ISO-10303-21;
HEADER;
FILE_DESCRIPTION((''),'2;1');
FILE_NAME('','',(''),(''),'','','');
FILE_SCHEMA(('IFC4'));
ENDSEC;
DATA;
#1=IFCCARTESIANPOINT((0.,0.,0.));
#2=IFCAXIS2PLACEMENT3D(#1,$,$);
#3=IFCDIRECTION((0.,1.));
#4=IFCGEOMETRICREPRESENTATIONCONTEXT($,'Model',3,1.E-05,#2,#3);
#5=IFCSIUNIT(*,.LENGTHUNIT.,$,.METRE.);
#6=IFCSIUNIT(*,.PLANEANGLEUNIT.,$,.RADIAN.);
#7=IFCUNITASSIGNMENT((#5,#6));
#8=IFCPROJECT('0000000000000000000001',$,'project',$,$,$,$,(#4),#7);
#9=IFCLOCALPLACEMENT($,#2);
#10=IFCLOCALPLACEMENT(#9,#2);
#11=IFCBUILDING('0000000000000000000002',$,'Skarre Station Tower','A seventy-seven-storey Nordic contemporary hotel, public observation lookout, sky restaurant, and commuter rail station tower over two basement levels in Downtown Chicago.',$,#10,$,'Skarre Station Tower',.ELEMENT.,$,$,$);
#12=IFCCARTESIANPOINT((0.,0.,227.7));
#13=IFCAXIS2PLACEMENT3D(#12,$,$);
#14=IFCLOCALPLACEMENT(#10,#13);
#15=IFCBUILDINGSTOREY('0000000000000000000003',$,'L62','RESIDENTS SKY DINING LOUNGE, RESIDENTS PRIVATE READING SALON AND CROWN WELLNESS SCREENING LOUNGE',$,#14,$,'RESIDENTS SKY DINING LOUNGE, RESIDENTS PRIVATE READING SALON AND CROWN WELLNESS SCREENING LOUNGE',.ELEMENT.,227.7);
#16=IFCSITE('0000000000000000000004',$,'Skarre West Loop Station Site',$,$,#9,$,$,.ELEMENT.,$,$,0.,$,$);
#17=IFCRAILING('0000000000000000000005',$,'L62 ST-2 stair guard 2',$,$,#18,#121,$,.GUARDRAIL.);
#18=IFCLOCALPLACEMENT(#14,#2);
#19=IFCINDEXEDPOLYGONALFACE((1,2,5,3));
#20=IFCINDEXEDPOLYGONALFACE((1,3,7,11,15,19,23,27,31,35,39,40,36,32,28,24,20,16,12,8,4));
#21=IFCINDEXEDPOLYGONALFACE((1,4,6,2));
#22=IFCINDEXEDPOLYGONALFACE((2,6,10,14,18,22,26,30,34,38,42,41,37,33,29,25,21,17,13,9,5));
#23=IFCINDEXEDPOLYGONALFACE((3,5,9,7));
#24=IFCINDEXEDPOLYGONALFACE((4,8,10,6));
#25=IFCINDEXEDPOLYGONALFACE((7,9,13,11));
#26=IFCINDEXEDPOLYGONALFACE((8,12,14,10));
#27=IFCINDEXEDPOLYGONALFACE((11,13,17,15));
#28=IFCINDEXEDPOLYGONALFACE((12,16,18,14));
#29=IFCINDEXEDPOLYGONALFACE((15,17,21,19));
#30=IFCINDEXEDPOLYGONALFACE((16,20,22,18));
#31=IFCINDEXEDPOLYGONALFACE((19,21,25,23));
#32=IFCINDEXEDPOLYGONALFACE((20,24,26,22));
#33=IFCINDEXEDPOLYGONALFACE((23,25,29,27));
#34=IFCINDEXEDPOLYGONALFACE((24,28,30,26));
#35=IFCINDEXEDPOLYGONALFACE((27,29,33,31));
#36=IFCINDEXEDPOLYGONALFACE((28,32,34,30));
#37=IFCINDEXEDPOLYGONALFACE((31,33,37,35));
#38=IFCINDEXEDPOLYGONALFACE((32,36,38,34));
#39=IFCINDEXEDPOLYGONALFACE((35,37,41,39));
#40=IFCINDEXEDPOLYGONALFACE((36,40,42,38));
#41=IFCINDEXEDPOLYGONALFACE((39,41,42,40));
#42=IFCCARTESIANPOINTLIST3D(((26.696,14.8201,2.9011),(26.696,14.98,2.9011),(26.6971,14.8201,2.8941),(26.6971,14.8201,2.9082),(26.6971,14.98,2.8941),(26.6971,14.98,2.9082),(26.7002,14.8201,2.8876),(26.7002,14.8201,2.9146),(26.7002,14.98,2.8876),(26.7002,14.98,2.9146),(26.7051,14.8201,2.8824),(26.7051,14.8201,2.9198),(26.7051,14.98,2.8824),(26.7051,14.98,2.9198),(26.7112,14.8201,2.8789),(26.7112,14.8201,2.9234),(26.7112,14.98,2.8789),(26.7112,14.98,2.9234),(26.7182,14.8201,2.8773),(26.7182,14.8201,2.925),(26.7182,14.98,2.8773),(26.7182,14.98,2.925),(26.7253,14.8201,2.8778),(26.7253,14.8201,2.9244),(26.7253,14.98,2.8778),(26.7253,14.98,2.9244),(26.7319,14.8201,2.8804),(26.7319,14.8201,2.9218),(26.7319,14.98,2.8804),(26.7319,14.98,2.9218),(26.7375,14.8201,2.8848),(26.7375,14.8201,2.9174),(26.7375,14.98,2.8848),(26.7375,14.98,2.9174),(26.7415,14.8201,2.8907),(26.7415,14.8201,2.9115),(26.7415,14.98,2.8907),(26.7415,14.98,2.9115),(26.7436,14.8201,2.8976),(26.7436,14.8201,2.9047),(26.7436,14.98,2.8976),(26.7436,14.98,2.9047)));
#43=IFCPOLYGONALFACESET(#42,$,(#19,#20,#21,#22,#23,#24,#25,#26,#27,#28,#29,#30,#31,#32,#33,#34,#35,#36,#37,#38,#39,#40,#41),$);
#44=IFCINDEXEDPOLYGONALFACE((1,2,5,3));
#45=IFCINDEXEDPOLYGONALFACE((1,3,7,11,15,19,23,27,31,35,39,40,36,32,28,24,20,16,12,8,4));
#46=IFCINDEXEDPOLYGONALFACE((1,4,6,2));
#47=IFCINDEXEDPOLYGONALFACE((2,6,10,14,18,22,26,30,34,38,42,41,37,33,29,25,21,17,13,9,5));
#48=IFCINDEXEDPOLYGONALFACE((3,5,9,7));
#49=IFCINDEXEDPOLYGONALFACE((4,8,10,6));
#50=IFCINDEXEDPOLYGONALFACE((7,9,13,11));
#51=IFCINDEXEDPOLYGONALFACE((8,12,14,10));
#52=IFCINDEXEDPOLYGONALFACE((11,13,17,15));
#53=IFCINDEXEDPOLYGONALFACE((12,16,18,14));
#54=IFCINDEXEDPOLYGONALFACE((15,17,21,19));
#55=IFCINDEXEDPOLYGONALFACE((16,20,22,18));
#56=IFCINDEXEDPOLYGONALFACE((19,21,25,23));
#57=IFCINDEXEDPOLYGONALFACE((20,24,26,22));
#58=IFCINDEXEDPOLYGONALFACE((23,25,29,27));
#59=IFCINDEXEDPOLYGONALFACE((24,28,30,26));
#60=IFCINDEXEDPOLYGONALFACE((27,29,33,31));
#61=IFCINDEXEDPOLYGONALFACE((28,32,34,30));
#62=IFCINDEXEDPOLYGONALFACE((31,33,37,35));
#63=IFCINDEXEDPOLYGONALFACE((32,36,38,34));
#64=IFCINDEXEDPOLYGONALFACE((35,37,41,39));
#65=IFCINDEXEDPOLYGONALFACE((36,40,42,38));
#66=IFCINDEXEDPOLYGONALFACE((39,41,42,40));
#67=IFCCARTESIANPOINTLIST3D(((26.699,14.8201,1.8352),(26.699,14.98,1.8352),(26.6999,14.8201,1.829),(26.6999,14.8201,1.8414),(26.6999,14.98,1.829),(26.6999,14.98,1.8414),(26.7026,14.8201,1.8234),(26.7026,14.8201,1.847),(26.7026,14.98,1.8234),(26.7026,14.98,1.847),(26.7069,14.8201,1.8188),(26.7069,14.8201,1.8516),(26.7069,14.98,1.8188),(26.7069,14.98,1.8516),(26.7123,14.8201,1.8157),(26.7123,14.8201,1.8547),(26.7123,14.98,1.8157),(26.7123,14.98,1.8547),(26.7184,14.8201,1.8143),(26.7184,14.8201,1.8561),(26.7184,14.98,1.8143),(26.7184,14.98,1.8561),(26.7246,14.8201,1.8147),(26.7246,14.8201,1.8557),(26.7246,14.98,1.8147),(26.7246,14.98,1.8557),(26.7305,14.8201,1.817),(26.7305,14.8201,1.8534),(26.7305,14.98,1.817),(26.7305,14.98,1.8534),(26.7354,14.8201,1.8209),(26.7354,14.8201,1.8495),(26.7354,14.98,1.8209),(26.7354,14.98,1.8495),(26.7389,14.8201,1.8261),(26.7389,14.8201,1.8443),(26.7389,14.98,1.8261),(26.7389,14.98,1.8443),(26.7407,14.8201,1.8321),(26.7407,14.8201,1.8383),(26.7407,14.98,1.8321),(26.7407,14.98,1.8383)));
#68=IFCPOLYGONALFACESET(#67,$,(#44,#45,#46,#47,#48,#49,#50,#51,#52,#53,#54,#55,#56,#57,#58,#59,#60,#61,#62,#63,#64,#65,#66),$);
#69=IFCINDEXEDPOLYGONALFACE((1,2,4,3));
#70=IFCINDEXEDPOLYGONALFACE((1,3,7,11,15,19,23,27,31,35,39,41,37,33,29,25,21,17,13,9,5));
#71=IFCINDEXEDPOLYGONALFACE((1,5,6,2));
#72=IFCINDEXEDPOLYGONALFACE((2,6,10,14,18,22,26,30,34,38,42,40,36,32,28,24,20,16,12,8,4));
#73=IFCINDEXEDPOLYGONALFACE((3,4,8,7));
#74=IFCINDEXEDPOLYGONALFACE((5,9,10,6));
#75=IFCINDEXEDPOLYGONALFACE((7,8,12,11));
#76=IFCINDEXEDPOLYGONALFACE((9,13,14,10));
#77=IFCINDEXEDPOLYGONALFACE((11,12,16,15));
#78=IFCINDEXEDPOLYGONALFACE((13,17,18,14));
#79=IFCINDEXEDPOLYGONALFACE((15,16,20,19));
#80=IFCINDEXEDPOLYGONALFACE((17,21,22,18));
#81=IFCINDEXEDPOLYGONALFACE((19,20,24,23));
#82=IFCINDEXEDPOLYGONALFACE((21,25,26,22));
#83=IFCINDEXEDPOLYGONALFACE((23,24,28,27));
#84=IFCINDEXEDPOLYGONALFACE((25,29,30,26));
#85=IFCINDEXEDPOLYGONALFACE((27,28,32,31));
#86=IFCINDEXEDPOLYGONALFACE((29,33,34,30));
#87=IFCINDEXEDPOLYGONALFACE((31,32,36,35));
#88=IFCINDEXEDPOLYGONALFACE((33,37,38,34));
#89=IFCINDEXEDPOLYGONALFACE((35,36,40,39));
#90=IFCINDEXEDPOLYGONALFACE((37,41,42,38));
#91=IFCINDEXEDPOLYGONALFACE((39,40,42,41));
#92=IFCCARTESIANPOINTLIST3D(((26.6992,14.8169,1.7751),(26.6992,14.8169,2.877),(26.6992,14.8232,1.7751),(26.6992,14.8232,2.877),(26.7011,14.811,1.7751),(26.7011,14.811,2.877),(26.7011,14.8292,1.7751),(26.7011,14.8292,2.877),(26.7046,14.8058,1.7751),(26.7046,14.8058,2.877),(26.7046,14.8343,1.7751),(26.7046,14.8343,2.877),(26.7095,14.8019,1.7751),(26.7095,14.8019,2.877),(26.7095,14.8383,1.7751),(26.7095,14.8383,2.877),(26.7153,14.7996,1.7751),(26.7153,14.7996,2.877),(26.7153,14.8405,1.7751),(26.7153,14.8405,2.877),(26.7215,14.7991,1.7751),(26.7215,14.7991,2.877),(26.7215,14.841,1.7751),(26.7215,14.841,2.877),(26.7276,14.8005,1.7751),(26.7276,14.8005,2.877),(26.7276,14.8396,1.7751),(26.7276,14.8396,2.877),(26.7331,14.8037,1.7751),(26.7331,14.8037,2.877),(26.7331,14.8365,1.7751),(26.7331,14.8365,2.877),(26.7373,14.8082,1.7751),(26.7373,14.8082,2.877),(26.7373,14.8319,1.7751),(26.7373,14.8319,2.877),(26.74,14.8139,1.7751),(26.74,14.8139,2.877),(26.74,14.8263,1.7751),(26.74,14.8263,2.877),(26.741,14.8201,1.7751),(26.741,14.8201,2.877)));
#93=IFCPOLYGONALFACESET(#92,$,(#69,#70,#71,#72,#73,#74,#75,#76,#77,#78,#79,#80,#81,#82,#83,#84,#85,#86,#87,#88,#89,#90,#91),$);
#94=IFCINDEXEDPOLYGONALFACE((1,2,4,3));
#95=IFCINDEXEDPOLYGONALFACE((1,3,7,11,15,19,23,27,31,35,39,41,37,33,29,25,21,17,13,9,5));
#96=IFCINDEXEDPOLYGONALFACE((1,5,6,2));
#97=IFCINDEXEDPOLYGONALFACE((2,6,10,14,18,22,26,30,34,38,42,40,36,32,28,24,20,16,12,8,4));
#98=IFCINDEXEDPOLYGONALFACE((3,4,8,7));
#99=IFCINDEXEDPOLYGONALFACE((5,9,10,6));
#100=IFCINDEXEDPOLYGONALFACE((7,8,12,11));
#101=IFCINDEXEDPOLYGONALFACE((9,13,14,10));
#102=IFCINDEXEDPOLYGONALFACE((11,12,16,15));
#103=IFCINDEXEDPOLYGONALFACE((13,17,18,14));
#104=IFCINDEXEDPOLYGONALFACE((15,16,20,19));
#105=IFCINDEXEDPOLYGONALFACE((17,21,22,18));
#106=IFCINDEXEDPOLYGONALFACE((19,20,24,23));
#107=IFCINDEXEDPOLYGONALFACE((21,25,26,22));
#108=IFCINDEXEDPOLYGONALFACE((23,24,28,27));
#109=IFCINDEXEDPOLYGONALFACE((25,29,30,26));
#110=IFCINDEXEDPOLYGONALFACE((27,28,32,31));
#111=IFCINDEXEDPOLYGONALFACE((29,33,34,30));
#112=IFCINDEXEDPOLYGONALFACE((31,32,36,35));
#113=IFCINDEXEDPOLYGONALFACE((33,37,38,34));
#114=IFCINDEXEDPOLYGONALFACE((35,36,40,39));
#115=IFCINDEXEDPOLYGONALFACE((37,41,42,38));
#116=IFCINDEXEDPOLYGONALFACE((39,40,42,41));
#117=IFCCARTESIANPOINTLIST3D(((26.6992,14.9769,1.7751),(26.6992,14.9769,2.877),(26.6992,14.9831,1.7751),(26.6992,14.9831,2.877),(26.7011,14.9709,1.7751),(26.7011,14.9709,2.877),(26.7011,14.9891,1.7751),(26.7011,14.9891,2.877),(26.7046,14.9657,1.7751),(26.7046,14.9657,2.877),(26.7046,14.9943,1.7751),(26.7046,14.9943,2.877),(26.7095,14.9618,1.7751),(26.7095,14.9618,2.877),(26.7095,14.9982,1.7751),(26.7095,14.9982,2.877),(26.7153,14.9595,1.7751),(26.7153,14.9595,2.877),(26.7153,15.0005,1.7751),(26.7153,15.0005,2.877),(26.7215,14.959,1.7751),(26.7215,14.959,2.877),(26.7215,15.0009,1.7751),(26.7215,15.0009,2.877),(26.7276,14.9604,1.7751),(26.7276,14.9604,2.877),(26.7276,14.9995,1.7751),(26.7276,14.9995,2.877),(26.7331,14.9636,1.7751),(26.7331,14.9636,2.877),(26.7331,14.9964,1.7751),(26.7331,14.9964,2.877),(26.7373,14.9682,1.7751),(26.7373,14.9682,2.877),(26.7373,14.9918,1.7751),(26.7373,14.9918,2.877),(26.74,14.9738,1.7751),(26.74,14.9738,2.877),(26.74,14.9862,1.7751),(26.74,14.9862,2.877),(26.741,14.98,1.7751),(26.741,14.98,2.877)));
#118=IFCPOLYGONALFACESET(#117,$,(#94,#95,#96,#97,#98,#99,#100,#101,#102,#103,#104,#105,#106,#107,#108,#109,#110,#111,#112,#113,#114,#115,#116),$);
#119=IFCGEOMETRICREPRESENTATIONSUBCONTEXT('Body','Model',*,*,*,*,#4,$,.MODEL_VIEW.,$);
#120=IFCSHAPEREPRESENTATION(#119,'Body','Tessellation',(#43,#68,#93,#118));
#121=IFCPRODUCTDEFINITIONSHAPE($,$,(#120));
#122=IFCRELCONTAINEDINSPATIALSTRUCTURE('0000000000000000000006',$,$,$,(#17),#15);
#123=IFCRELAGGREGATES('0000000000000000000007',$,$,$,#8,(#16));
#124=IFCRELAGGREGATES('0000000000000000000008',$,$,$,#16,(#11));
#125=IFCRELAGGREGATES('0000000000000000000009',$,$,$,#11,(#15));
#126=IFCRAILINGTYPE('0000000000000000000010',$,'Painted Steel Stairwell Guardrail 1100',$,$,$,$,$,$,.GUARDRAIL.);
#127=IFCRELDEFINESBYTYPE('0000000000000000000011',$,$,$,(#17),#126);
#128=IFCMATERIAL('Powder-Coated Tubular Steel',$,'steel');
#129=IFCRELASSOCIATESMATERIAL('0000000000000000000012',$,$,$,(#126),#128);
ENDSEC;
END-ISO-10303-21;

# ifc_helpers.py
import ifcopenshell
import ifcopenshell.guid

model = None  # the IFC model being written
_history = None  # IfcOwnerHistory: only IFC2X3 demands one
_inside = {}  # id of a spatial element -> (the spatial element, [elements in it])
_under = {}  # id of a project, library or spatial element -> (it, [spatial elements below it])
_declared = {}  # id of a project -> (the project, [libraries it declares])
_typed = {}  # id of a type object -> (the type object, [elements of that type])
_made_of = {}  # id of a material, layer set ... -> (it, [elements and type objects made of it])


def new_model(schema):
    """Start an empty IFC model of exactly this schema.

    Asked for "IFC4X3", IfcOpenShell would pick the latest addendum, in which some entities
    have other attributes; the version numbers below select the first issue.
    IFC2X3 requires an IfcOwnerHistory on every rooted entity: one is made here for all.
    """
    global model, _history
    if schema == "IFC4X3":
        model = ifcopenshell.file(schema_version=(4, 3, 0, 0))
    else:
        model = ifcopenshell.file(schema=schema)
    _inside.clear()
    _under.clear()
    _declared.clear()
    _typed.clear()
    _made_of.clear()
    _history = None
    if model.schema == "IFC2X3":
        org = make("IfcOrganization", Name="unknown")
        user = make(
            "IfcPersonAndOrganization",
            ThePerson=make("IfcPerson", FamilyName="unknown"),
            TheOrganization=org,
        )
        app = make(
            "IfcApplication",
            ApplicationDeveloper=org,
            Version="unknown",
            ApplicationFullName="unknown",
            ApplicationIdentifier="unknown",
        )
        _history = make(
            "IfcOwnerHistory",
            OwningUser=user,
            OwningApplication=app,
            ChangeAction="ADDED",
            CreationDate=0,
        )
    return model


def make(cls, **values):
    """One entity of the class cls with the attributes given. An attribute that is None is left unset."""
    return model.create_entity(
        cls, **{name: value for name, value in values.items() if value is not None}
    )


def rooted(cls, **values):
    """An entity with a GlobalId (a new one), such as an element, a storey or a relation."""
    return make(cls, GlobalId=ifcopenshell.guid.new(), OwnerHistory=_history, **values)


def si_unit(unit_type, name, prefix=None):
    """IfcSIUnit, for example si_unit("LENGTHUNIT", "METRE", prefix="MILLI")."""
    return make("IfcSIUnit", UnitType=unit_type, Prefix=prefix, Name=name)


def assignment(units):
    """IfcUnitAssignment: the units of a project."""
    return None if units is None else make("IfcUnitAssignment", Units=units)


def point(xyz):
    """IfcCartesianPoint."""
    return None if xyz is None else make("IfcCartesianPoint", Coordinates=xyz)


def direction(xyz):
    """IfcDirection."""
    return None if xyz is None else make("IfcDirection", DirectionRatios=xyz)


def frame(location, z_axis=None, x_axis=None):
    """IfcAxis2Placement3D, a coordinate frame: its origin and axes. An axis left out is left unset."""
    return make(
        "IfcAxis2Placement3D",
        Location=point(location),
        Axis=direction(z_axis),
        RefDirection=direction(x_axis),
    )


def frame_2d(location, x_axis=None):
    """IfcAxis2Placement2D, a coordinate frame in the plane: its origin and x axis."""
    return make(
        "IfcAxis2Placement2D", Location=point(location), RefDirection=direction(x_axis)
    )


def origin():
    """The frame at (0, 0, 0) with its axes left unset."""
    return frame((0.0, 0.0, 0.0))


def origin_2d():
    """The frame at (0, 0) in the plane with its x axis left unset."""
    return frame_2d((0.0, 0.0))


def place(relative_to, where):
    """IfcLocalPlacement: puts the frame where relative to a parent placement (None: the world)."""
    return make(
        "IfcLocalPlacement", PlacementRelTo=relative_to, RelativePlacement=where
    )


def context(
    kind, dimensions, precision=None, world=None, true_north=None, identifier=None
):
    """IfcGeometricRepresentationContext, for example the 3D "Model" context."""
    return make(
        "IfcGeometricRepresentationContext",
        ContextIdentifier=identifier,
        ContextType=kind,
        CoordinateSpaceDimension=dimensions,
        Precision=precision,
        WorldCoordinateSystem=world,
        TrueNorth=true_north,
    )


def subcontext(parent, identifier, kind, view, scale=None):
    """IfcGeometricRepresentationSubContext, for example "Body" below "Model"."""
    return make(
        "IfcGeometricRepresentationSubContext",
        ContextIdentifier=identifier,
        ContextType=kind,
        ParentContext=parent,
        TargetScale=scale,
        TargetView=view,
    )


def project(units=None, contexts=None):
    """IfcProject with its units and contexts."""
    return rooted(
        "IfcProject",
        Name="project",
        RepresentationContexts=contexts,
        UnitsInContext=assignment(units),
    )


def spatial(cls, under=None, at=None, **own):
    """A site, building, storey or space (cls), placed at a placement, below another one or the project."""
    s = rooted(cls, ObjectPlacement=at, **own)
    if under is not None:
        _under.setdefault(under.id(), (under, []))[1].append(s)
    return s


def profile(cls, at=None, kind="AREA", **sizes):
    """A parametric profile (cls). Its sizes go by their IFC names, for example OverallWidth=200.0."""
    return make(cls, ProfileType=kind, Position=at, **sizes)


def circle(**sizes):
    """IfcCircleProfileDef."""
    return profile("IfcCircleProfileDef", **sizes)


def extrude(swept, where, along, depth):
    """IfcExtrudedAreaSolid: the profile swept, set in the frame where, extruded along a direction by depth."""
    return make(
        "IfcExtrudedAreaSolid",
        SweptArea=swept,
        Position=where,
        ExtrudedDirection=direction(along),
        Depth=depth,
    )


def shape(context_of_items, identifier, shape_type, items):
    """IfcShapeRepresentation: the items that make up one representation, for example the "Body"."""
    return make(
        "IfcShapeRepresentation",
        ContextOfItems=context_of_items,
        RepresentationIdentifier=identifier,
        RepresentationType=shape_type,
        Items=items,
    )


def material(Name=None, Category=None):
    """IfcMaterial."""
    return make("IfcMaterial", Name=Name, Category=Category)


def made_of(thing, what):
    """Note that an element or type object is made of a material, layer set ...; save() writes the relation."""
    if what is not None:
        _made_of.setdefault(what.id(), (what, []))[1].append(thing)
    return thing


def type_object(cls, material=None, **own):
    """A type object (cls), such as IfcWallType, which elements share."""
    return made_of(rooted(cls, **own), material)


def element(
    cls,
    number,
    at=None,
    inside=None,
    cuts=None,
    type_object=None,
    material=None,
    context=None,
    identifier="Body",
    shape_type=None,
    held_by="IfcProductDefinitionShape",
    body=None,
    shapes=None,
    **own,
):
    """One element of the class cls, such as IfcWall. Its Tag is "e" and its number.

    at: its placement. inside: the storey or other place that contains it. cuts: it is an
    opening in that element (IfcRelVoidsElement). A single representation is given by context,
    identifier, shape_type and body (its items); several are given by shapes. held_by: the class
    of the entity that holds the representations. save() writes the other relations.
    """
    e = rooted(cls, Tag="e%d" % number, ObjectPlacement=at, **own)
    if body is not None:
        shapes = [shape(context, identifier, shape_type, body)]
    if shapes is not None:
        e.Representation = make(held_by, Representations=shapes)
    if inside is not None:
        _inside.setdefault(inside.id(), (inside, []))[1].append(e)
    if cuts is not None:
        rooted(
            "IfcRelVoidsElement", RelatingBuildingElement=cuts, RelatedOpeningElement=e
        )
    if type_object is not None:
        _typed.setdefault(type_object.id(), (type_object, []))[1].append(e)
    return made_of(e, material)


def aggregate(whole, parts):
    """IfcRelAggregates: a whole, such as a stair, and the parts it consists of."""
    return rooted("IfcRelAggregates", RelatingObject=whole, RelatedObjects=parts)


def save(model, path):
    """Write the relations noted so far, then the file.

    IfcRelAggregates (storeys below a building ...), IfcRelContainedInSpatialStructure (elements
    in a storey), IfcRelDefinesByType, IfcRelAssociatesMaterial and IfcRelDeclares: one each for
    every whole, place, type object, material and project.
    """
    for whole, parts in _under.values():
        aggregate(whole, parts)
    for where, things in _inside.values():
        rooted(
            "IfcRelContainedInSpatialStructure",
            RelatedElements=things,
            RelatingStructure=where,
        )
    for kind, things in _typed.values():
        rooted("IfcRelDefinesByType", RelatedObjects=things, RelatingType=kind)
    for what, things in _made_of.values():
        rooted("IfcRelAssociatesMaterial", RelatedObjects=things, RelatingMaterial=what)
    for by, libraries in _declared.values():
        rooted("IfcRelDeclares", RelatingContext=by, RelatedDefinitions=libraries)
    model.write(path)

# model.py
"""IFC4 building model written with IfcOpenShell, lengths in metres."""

from ifc_helpers import new_model, si_unit, direction, frame, origin, origin_2d, place, context, subcontext, project, spatial, circle, extrude, material, type_object, element, save


model = new_model("IFC4")

# Units and contexts
model_context = context("Model", 3, precision=1e-05, world=origin(), true_north=direction((0.0, 1.0)))
body_context = subcontext(model_context, "Body", "Model", "MODEL_VIEW")
ifc_project = project(units=[si_unit("LENGTHUNIT", "METRE"), si_unit("PLANEANGLEUNIT", "RADIAN")], contexts=[model_context])

# Site, building, storey
site_placement = place(None, origin())
site = spatial("IfcSite", under=ifc_project, at=site_placement, Name="Skarre West Loop Station Site", CompositionType="ELEMENT", RefElevation=0.0)
building_placement = place(site_placement, origin())
building = spatial("IfcBuilding", under=site, at=building_placement, Name="Skarre Station Tower", Description="A seventy-seven-storey Nordic contemporary hotel, public observation lookout, sky restaurant, and commuter rail station tower over two basement levels in Downtown Chicago.", LongName="Skarre Station Tower", CompositionType="ELEMENT")
storey_placement = place(building_placement, frame((0.0, 0.0, 227.7)))
storey = spatial("IfcBuildingStorey", under=building, at=storey_placement, Name="L62", Description="RESIDENTS SKY DINING LOUNGE, RESIDENTS PRIVATE READING SALON AND CROWN WELLNESS SCREENING LOUNGE", LongName="RESIDENTS SKY DINING LOUNGE, RESIDENTS PRIVATE READING SALON AND CROWN WELLNESS SCREENING LOUNGE", CompositionType="ELEMENT", Elevation=227.7)

# Railing
ifc_material_1 = material(Name="Powder-Coated Tubular Steel", Category="steel")
railing_type_1 = type_object("IfcRailingType", Name="Painted Steel Stairwell Guardrail 1100", PredefinedType="GUARDRAIL", material=ifc_material_1)
railing_1_placement = place(storey_placement, frame((26.72, 14.8201, 1.7751)))
element("IfcRailing", 1, at=railing_1_placement, inside=storey, type_object=railing_type_1, Name="L62 ST-2 stair guard 2", PredefinedType="GUARDRAIL", context=body_context, shape_type="SweptSolid", body=[
    extrude(circle(Radius=0.0239, at=origin_2d()), frame((0.0, 0.0, 1.126), z_axis=(0.0, 1.0, 0.0), x_axis=(-1.0, 0.0, 0.0)), (0.0, 0.0, 1.0), 0.1599),
    extrude(circle(Radius=0.021, at=origin_2d()), frame((0.0, 0.0, 0.0601), z_axis=(0.0, 1.0, 0.0), x_axis=(-1.0, 0.0, 0.0)), (0.0, 0.0, 1.0), 0.1599),
    extrude(circle(Radius=0.021, at=origin_2d()), origin(), (0.0, 0.0, 1.0), 1.1018),
    extrude(circle(Radius=0.021, at=origin_2d()), frame((0.0, 0.1599, 0.0)), (0.0, 0.0, 1.0), 1.1018),
])

save(model, "model.ifc")
